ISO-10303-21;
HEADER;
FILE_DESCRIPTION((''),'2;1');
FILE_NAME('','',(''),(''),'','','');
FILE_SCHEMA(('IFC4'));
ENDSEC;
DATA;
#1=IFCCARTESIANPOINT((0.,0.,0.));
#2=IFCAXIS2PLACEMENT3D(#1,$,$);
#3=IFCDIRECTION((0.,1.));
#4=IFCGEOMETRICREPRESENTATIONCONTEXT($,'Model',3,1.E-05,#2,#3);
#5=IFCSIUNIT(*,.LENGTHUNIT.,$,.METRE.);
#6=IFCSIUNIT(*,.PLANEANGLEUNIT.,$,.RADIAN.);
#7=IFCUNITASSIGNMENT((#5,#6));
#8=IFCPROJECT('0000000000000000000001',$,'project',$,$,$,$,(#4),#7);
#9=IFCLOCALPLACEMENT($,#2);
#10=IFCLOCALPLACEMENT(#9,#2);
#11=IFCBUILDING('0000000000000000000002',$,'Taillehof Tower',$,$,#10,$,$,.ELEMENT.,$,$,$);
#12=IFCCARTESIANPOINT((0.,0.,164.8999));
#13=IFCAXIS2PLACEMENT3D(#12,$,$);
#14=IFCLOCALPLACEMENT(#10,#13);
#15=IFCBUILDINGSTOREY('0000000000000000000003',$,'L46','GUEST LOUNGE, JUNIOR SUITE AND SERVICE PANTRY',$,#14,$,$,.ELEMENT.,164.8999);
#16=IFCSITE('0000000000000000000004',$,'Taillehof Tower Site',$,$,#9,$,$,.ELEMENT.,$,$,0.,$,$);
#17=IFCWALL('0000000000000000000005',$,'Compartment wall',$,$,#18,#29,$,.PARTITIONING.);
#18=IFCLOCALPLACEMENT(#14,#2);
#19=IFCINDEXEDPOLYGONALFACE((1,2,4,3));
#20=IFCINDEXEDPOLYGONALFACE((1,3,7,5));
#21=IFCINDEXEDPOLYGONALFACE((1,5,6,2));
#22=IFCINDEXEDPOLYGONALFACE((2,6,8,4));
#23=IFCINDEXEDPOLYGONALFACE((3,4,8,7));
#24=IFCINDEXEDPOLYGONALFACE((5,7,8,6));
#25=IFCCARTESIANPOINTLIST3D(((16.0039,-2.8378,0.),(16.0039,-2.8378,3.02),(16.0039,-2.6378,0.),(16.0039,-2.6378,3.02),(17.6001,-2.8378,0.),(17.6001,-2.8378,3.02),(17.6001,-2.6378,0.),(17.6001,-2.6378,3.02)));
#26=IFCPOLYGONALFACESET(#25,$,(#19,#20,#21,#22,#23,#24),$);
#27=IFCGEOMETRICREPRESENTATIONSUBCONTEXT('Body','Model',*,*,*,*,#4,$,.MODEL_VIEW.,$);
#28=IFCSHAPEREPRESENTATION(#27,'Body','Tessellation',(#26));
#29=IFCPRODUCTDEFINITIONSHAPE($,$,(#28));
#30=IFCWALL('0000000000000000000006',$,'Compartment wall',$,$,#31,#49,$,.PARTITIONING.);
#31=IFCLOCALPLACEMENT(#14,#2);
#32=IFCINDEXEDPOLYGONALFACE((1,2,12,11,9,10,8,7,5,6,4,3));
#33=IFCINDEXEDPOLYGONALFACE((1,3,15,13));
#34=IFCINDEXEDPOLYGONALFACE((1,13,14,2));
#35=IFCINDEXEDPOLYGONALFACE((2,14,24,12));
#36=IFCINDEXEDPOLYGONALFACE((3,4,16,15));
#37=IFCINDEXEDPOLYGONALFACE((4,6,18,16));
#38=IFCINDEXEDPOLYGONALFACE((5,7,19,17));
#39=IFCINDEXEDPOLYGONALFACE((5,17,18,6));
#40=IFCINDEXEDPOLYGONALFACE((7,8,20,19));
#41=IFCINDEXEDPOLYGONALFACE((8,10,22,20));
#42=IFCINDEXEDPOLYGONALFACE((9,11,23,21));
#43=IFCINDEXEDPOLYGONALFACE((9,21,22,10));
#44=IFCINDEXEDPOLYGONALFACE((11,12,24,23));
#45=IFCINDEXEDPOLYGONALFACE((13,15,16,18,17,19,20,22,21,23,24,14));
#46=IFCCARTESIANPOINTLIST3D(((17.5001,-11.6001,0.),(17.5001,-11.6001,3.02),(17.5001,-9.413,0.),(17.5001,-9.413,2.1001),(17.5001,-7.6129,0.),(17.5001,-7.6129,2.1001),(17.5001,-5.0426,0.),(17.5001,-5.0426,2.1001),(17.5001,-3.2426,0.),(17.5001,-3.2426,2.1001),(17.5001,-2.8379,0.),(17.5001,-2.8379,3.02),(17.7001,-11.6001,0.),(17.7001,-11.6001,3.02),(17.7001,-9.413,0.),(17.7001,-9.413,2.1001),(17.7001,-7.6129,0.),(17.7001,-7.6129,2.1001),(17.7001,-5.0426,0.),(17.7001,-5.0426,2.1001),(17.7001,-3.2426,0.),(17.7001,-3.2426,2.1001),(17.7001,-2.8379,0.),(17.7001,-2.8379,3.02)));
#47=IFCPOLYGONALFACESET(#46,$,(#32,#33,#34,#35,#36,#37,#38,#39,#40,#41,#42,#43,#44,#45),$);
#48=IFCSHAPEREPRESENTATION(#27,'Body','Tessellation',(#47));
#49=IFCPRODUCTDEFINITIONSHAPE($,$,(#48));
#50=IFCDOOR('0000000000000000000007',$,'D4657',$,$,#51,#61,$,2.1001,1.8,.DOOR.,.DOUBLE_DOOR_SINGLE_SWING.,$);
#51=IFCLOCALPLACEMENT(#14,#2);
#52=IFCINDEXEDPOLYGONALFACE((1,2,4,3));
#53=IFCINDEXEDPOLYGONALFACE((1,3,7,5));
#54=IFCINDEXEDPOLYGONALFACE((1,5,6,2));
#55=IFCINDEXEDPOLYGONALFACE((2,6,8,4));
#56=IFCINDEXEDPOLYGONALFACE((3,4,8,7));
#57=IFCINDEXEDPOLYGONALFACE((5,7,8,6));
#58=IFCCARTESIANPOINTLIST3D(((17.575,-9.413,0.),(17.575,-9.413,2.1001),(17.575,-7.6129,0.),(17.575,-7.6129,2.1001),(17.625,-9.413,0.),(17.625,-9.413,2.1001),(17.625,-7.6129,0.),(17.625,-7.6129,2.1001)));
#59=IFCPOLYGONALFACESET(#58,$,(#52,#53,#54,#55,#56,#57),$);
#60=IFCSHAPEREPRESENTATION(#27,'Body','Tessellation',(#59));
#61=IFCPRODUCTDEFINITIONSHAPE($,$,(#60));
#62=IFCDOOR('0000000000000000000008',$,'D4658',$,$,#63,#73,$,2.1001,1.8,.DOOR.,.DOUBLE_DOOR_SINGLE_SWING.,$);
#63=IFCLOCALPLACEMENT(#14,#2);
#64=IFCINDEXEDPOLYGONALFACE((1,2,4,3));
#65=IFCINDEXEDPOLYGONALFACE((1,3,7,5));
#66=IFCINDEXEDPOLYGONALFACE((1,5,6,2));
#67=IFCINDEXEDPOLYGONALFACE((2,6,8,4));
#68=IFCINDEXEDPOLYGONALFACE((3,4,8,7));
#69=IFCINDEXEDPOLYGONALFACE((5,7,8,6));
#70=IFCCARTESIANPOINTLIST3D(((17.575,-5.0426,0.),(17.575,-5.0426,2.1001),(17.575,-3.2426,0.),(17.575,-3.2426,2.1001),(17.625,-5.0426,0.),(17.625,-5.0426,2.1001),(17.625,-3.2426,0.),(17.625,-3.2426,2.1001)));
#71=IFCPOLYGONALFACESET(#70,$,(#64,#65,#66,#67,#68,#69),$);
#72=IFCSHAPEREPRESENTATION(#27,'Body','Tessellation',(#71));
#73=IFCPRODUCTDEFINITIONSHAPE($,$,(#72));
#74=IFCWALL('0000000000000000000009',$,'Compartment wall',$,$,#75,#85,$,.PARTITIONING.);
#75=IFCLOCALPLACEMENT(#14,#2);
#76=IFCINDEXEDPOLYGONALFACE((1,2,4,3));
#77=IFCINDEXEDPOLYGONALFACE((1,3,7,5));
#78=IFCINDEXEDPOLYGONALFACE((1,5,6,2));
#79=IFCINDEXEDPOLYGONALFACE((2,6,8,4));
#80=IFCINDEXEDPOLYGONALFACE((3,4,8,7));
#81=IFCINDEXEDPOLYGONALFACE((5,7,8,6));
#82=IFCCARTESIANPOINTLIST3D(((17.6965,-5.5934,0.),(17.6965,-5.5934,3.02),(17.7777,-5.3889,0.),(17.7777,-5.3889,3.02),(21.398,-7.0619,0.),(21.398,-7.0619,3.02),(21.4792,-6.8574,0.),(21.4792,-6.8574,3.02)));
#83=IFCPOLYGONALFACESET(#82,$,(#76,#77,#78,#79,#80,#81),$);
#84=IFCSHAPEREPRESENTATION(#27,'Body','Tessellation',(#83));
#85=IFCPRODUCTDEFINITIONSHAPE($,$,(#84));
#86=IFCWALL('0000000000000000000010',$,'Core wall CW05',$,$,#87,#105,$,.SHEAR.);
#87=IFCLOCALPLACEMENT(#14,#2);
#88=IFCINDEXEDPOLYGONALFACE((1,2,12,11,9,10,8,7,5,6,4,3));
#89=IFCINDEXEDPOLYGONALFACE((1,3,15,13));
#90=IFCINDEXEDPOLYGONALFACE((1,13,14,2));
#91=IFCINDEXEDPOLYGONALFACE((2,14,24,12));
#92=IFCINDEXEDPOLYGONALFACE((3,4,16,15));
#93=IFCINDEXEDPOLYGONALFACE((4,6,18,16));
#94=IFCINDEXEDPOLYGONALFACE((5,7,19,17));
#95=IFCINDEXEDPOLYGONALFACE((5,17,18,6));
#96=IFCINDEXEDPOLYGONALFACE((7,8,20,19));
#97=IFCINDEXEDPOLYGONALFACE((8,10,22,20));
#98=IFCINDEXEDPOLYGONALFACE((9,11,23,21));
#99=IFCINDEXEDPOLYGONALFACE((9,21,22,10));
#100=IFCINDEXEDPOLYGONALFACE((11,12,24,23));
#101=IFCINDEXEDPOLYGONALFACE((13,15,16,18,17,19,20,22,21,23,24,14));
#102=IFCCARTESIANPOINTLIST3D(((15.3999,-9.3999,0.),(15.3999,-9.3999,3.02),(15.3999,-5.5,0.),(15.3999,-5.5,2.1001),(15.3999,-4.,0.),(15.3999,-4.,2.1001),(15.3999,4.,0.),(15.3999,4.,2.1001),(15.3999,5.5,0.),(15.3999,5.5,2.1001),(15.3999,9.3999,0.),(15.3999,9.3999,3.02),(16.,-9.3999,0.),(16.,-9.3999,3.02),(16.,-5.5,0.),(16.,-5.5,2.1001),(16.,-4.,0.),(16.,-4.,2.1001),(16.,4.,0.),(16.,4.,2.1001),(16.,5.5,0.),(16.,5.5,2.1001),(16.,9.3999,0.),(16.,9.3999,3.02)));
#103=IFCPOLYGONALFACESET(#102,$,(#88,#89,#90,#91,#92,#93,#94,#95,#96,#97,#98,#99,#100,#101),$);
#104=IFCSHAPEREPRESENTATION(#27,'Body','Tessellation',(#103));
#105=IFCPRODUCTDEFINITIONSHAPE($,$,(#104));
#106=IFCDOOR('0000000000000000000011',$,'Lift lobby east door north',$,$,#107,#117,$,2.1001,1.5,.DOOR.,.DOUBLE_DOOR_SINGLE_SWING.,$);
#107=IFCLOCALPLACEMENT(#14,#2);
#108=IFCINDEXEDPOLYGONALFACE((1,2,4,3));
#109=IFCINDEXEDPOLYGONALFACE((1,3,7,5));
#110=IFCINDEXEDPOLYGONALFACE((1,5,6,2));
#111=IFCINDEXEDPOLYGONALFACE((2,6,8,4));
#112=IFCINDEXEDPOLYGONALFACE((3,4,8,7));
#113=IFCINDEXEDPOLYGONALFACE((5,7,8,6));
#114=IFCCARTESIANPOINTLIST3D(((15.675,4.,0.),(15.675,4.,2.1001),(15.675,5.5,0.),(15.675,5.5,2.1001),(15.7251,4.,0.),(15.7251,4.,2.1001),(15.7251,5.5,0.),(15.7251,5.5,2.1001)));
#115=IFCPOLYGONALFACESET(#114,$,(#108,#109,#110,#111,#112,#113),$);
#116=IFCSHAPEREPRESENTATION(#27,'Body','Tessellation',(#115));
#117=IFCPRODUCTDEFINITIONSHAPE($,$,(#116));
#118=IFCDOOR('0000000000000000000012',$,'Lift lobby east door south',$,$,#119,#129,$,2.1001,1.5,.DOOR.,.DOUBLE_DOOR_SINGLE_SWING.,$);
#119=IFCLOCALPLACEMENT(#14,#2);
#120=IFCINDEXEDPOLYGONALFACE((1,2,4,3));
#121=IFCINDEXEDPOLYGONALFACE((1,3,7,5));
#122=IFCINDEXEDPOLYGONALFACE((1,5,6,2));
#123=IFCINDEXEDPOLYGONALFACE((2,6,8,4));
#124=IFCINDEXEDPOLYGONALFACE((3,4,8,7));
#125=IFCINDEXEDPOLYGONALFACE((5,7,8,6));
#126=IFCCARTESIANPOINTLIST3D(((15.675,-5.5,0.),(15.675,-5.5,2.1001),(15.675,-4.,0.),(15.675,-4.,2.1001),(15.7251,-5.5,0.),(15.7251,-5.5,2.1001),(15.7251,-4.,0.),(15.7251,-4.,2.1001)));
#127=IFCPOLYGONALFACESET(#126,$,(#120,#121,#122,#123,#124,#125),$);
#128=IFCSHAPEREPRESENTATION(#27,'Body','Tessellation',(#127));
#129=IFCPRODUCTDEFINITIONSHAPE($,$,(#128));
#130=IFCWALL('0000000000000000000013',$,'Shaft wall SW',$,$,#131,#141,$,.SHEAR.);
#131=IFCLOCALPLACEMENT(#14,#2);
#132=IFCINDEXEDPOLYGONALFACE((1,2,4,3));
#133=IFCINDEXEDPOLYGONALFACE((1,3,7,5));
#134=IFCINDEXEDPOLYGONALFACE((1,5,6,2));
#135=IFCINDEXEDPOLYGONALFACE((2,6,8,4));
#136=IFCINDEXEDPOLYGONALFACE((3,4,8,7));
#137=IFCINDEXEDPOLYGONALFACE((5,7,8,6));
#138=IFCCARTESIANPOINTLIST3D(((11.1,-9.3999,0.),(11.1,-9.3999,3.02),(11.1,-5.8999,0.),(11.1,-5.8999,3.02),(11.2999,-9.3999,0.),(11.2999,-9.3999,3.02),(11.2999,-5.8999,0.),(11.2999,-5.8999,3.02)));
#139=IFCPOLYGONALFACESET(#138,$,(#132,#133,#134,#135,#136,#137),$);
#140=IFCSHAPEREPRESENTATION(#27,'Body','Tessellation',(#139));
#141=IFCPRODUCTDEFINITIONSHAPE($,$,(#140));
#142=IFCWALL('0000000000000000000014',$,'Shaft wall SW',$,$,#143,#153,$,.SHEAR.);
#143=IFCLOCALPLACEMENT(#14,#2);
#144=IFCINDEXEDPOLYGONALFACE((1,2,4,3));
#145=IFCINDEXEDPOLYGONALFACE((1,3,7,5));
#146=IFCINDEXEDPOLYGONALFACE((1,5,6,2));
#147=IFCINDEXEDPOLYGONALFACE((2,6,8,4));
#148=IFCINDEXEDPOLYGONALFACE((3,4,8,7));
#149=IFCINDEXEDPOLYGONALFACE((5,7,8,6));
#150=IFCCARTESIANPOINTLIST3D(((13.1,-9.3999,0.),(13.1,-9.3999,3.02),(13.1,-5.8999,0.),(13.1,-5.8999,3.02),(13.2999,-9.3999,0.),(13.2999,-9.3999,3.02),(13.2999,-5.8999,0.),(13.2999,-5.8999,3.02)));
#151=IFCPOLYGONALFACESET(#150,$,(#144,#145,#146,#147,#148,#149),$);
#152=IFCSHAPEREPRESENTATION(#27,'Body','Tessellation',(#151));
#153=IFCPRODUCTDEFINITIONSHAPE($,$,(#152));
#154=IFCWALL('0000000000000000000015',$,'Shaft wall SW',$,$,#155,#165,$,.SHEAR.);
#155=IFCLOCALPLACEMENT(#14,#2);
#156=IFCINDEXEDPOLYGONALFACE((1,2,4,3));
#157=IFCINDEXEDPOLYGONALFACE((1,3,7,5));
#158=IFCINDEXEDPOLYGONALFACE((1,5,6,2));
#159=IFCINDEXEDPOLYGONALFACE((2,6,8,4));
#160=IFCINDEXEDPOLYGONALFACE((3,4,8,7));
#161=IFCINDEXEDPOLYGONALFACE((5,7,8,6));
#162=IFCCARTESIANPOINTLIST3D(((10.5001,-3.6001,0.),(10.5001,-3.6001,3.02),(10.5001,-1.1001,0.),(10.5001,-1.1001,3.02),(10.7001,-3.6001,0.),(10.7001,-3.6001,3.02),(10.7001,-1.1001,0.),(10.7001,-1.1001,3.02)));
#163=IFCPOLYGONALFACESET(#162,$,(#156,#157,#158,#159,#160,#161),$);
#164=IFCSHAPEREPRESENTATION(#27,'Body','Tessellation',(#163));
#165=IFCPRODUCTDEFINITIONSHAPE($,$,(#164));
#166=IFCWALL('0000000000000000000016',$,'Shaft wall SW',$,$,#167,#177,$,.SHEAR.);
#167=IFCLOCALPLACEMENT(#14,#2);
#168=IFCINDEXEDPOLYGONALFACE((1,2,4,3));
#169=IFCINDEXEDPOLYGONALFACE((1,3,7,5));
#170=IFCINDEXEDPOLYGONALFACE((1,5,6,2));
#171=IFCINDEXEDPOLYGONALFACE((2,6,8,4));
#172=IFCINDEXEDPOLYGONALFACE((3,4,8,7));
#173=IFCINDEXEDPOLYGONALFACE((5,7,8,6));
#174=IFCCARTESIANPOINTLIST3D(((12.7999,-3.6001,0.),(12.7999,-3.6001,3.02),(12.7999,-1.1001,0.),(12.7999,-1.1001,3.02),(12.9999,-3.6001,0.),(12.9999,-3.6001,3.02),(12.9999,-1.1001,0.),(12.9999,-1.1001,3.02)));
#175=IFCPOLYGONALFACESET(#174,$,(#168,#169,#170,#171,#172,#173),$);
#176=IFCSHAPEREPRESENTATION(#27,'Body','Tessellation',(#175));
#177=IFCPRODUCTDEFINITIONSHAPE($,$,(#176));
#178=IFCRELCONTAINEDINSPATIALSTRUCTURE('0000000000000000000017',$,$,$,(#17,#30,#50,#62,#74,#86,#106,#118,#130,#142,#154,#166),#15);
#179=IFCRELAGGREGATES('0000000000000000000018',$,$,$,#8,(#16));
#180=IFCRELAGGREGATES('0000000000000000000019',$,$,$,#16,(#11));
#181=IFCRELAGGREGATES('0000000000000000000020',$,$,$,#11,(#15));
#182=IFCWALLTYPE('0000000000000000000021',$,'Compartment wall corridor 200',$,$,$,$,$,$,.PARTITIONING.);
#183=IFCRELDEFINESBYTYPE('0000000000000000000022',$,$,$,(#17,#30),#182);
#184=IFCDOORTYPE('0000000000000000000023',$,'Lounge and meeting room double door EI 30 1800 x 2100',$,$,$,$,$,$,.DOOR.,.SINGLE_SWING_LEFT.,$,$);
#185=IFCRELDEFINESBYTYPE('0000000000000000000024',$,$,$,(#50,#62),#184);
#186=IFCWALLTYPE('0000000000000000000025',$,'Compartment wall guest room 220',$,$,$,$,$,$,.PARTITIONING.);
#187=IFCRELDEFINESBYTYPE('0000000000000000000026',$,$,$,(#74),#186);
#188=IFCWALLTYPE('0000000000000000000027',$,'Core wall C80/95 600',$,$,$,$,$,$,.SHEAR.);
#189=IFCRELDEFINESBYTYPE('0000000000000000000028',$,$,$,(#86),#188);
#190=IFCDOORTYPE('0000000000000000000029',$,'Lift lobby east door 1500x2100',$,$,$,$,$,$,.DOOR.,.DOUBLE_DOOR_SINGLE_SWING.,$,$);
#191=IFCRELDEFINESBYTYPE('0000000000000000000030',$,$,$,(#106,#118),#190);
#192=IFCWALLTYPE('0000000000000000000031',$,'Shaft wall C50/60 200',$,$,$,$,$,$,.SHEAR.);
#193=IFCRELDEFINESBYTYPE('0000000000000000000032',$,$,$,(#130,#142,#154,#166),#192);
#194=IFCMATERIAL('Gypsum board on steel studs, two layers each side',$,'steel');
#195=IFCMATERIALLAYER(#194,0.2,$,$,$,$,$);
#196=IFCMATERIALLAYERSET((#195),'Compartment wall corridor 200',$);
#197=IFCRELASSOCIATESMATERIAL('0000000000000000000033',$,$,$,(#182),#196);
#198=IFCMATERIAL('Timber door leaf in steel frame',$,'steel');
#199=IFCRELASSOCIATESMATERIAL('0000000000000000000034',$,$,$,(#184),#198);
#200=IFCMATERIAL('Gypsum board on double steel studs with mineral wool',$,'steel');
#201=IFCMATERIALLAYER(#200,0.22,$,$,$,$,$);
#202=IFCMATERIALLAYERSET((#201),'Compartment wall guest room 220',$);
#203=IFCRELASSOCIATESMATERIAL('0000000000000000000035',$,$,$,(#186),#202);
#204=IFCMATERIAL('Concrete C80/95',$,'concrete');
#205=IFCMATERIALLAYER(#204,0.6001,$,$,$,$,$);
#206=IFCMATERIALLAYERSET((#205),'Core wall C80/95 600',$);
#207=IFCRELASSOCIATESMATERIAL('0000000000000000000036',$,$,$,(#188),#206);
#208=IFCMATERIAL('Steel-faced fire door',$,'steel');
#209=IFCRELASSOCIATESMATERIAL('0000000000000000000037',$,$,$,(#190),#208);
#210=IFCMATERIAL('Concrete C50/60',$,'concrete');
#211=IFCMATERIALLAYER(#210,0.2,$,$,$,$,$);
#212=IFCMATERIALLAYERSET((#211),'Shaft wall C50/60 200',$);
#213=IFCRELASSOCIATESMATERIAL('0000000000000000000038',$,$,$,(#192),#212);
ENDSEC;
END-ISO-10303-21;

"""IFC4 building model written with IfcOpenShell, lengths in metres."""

from ifc_helpers import new_model, si_unit, direction, frame, frame_2d, origin, place, context, subcontext, project, spatial, rectangle, extrude, material, layer, layer_set, type_object, element, fill, save


model = new_model("IFC4")

# Units and contexts
model_context = context("Model", 3, precision=1e-05, world=origin(), true_north=direction((0.0, 1.0)))
body_context = subcontext(model_context, "Body", "Model", "MODEL_VIEW")
ifc_project = project(units=[si_unit("LENGTHUNIT", "METRE"), si_unit("PLANEANGLEUNIT", "RADIAN")], contexts=[model_context])

# Site, building, storey
site_placement = place(None, origin())
site = spatial("IfcSite", under=ifc_project, at=site_placement, Name="Taillehof Tower Site", CompositionType="ELEMENT", RefElevation=0.0)
building_placement = place(site_placement, origin())
building = spatial("IfcBuilding", under=site, at=building_placement, Name="Taillehof Tower", CompositionType="ELEMENT")
storey_placement = place(building_placement, frame((0.0, 0.0, 164.8999)))
storey = spatial("IfcBuildingStorey", under=building, at=storey_placement, Name="L46", Description="GUEST LOUNGE, JUNIOR SUITE AND SERVICE PANTRY", CompositionType="ELEMENT", Elevation=164.8999)

# Wall
ifc_material_1 = material(Name="Gypsum board on steel studs, two layers each side", Category="steel")
ifc_layer_1 = layer(ifc_material_1, 0.2)
ifc_layer_set_1 = layer_set([ifc_layer_1], Name="Compartment wall corridor 200")
wall_type_1 = type_object("IfcWallType", Name="Compartment wall corridor 200", PredefinedType="PARTITIONING", material=ifc_layer_set_1)
wall_1_placement = place(storey_placement, frame((16.0039, -2.7378, 0.0), z_axis=(0.0, 0.0, 1.0), x_axis=(1.0, 0.0, 0.0)))
element("IfcWall", 1, at=wall_1_placement, inside=storey, type_object=wall_type_1, Name="Compartment wall", PredefinedType="PARTITIONING", context=body_context, shape_type="SweptSolid", body=[
    extrude(rectangle(XDim=1.5962, YDim=0.2, at=frame_2d((0.7981, 0.0))), origin(), (0.0, 0.0, 1.0), 3.02),
])

# Wall, openings, doors
wall_2_placement = place(storey_placement, frame((17.6001, -2.8379, 0.0), z_axis=(0.0, 0.0, 1.0), x_axis=(0.0, -1.0, 0.0)))
wall_2 = element("IfcWall", 2, at=wall_2_placement, inside=storey, type_object=wall_type_1, Name="Compartment wall", PredefinedType="PARTITIONING", context=body_context, shape_type="SweptSolid", body=[
    extrude(rectangle(XDim=8.7622, YDim=0.2, at=frame_2d((4.3811, 0.0))), origin(), (0.0, 0.0, 1.0), 3.02),
])
opening_1_placement = place(wall_2_placement, frame((4.7751, 0.0, 0.0)))
opening_1 = element("IfcOpeningElement", 3, at=opening_1_placement, cuts=wall_2, PredefinedType="OPENING", context=body_context, shape_type="SweptSolid", body=[
    extrude(rectangle(XDim=1.8, YDim=2.1001, at=frame_2d((0.8999, 1.05))), frame((0.0, 0.1099, 0.0), z_axis=(0.0, -1.0, 0.0), x_axis=(1.0, 0.0, 0.0)), (0.0, 0.0, 1.0), 0.22),
])
opening_2_placement = place(wall_2_placement, frame((0.4048, 0.0, 0.0)))
opening_2 = element("IfcOpeningElement", 4, at=opening_2_placement, cuts=wall_2, PredefinedType="OPENING", context=body_context, shape_type="SweptSolid", body=[
    extrude(rectangle(XDim=1.8, YDim=2.1001, at=frame_2d((0.8999, 1.05))), frame((0.0, 0.1099, 0.0), z_axis=(0.0, -1.0, 0.0), x_axis=(1.0, 0.0, 0.0)), (0.0, 0.0, 1.0), 0.22),
])
ifc_material_2 = material(Name="Timber door leaf in steel frame", Category="steel")
door_type_1 = type_object("IfcDoorType", Name="Lounge and meeting room double door EI 30 1800 x 2100", OperationType="SINGLE_SWING_LEFT", PredefinedType="DOOR", material=ifc_material_2)
door_1_placement = place(opening_1_placement, origin())
door_1 = element("IfcDoor", 5, at=door_1_placement, inside=storey, type_object=door_type_1, Name="D4657", OperationType="DOUBLE_DOOR_SINGLE_SWING", OverallHeight=2.1001, OverallWidth=1.8, PredefinedType="DOOR", context=body_context, shape_type="SweptSolid", body=[
    extrude(rectangle(XDim=1.8, YDim=2.1001, at=frame_2d((0.8999, 1.05))), frame((0.0, 0.0249, 0.0), z_axis=(0.0, -1.0, 0.0), x_axis=(1.0, 0.0, 0.0)), (0.0, 0.0, 1.0), 0.05),
])
fill(opening_1, door_1)
door_2_placement = place(opening_2_placement, origin())
door_2 = element("IfcDoor", 6, at=door_2_placement, inside=storey, type_object=door_type_1, Name="D4658", OperationType="DOUBLE_DOOR_SINGLE_SWING", OverallHeight=2.1001, OverallWidth=1.8, PredefinedType="DOOR", context=body_context, shape_type="SweptSolid", body=[
    extrude(rectangle(XDim=1.8, YDim=2.1001, at=frame_2d((0.8999, 1.05))), frame((0.0, 0.0249, 0.0), z_axis=(0.0, -1.0, 0.0), x_axis=(1.0, 0.0, 0.0)), (0.0, 0.0, 1.0), 0.05),
])
fill(opening_2, door_2)

# Wall
ifc_material_3 = material(Name="Gypsum board on double steel studs with mineral wool", Category="steel")
ifc_layer_2 = layer(ifc_material_3, 0.22)
ifc_layer_set_2 = layer_set([ifc_layer_2], Name="Compartment wall guest room 220")
wall_type_2 = type_object("IfcWallType", Name="Compartment wall guest room 220", PredefinedType="PARTITIONING", material=ifc_layer_set_2)
wall_3_placement = place(storey_placement, frame((21.4387, -6.9597, 0.0), z_axis=(0.0, 0.0, 1.0), x_axis=(-0.929517, 0.368778, 0.0)))
element("IfcWall", 7, at=wall_3_placement, inside=storey, type_object=wall_type_2, Name="Compartment wall", PredefinedType="PARTITIONING", context=body_context, shape_type="SweptSolid", body=[
    extrude(rectangle(XDim=3.9822, YDim=0.22, at=frame_2d((1.9912, 0.0))), origin(), (0.0, 0.0, 1.0), 3.02),
])

# Wall, openings, doors
ifc_material_4 = material(Name="Concrete C80/95", Category="concrete")
ifc_layer_3 = layer(ifc_material_4, 0.6001)
ifc_layer_set_3 = layer_set([ifc_layer_3], Name="Core wall C80/95 600")
wall_type_3 = type_object("IfcWallType", Name="Core wall C80/95 600", PredefinedType="SHEAR", material=ifc_layer_set_3)
wall_4_placement = place(storey_placement, frame((15.7, -9.3999, 0.0), z_axis=(0.0, 0.0, 1.0), x_axis=(0.0, 1.0, 0.0)))
wall_4 = element("IfcWall", 8, at=wall_4_placement, inside=storey, type_object=wall_type_3, Name="Core wall CW05", PredefinedType="SHEAR", context=body_context, shape_type="SweptSolid", body=[
    extrude(rectangle(XDim=18.7998, YDim=0.6001, at=frame_2d((9.3999, 0.0))), origin(), (0.0, 0.0, 1.0), 3.02),
])
opening_3_placement = place(wall_4_placement, frame((13.3999, 0.0, 0.0)))
opening_3 = element("IfcOpeningElement", 9, at=opening_3_placement, cuts=wall_4, PredefinedType="OPENING", context=body_context, shape_type="SweptSolid", body=[
    extrude(rectangle(XDim=1.5, YDim=2.1001, at=frame_2d((0.75, 1.05))), frame((0.0, 0.3101, 0.0), z_axis=(0.0, -1.0, 0.0), x_axis=(1.0, 0.0, 0.0)), (0.0, 0.0, 1.0), 0.6201),
])
opening_4_placement = place(wall_4_placement, frame((3.8999, 0.0, 0.0)))
opening_4 = element("IfcOpeningElement", 10, at=opening_4_placement, cuts=wall_4, PredefinedType="OPENING", context=body_context, shape_type="SweptSolid", body=[
    extrude(rectangle(XDim=1.5, YDim=2.1001, at=frame_2d((0.75, 1.05))), frame((0.0, 0.3101, 0.0), z_axis=(0.0, -1.0, 0.0), x_axis=(1.0, 0.0, 0.0)), (0.0, 0.0, 1.0), 0.6201),
])
ifc_material_5 = material(Name="Steel-faced fire door", Category="steel")
door_type_2 = type_object("IfcDoorType", Name="Lift lobby east door 1500x2100", OperationType="DOUBLE_DOOR_SINGLE_SWING", PredefinedType="DOOR", material=ifc_material_5)
door_3_placement = place(opening_3_placement, origin())
door_3 = element("IfcDoor", 11, at=door_3_placement, inside=storey, type_object=door_type_2, Name="Lift lobby east door north", OperationType="DOUBLE_DOOR_SINGLE_SWING", OverallHeight=2.1001, OverallWidth=1.5, PredefinedType="DOOR", context=body_context, shape_type="SweptSolid", body=[
    extrude(rectangle(XDim=1.5, YDim=2.1001, at=frame_2d((0.75, 1.05))), frame((0.0, 0.0249, 0.0), z_axis=(0.0, -1.0, 0.0), x_axis=(1.0, 0.0, 0.0)), (0.0, 0.0, 1.0), 0.05),
])
fill(opening_3, door_3)
door_4_placement = place(opening_4_placement, origin())
door_4 = element("IfcDoor", 12, at=door_4_placement, inside=storey, type_object=door_type_2, Name="Lift lobby east door south", OperationType="DOUBLE_DOOR_SINGLE_SWING", OverallHeight=2.1001, OverallWidth=1.5, PredefinedType="DOOR", context=body_context, shape_type="SweptSolid", body=[
    extrude(rectangle(XDim=1.5, YDim=2.1001, at=frame_2d((0.75, 1.05))), frame((0.0, 0.0249, 0.0), z_axis=(0.0, -1.0, 0.0), x_axis=(1.0, 0.0, 0.0)), (0.0, 0.0, 1.0), 0.05),
])
fill(opening_4, door_4)

# Walls
ifc_material_6 = material(Name="Concrete C50/60", Category="concrete")
ifc_layer_4 = layer(ifc_material_6, 0.2)
ifc_layer_set_4 = layer_set([ifc_layer_4], Name="Shaft wall C50/60 200")
wall_type_4 = type_object("IfcWallType", Name="Shaft wall C50/60 200", PredefinedType="SHEAR", material=ifc_layer_set_4)
for number, where, z_axis, x_axis, name in (
    (13, (11.2, -9.3999, 0.0), (0.0, 0.0, 1.0), (0.0, 1.0, 0.0), "Shaft wall SW"),
    (14, (13.2, -9.3999, 0.0), (0.0, 0.0, 1.0), (0.0, 1.0, 0.0), "Shaft wall SW"),
):
    element("IfcWall", number, at=place(storey_placement, frame(where, z_axis=z_axis, x_axis=x_axis)), inside=storey, type_object=wall_type_4, Name=name, PredefinedType="SHEAR", context=body_context, shape_type="SweptSolid", body=[
        extrude(rectangle(XDim=3.5, YDim=0.2, at=frame_2d((1.75, 0.0))), origin(), (0.0, 0.0, 1.0), 3.02),
    ])
for number, where, z_axis, x_axis, name in (
    (15, (10.6001, -3.6001, 0.0), (0.0, 0.0, 1.0), (0.0, 1.0, 0.0), "Shaft wall SW"),
    (16, (12.8999, -3.6001, 0.0), (0.0, 0.0, 1.0), (0.0, 1.0, 0.0), "Shaft wall SW"),
):
    element("IfcWall", number, at=place(storey_placement, frame(where, z_axis=z_axis, x_axis=x_axis)), inside=storey, type_object=wall_type_4, Name=name, PredefinedType="SHEAR", context=body_context, shape_type="SweptSolid", body=[
        extrude(rectangle(XDim=2.5, YDim=0.2, at=frame_2d((1.25, 0.0))), origin(), (0.0, 0.0, 1.0), 3.02),
    ])

save(model, "model.ifc")
